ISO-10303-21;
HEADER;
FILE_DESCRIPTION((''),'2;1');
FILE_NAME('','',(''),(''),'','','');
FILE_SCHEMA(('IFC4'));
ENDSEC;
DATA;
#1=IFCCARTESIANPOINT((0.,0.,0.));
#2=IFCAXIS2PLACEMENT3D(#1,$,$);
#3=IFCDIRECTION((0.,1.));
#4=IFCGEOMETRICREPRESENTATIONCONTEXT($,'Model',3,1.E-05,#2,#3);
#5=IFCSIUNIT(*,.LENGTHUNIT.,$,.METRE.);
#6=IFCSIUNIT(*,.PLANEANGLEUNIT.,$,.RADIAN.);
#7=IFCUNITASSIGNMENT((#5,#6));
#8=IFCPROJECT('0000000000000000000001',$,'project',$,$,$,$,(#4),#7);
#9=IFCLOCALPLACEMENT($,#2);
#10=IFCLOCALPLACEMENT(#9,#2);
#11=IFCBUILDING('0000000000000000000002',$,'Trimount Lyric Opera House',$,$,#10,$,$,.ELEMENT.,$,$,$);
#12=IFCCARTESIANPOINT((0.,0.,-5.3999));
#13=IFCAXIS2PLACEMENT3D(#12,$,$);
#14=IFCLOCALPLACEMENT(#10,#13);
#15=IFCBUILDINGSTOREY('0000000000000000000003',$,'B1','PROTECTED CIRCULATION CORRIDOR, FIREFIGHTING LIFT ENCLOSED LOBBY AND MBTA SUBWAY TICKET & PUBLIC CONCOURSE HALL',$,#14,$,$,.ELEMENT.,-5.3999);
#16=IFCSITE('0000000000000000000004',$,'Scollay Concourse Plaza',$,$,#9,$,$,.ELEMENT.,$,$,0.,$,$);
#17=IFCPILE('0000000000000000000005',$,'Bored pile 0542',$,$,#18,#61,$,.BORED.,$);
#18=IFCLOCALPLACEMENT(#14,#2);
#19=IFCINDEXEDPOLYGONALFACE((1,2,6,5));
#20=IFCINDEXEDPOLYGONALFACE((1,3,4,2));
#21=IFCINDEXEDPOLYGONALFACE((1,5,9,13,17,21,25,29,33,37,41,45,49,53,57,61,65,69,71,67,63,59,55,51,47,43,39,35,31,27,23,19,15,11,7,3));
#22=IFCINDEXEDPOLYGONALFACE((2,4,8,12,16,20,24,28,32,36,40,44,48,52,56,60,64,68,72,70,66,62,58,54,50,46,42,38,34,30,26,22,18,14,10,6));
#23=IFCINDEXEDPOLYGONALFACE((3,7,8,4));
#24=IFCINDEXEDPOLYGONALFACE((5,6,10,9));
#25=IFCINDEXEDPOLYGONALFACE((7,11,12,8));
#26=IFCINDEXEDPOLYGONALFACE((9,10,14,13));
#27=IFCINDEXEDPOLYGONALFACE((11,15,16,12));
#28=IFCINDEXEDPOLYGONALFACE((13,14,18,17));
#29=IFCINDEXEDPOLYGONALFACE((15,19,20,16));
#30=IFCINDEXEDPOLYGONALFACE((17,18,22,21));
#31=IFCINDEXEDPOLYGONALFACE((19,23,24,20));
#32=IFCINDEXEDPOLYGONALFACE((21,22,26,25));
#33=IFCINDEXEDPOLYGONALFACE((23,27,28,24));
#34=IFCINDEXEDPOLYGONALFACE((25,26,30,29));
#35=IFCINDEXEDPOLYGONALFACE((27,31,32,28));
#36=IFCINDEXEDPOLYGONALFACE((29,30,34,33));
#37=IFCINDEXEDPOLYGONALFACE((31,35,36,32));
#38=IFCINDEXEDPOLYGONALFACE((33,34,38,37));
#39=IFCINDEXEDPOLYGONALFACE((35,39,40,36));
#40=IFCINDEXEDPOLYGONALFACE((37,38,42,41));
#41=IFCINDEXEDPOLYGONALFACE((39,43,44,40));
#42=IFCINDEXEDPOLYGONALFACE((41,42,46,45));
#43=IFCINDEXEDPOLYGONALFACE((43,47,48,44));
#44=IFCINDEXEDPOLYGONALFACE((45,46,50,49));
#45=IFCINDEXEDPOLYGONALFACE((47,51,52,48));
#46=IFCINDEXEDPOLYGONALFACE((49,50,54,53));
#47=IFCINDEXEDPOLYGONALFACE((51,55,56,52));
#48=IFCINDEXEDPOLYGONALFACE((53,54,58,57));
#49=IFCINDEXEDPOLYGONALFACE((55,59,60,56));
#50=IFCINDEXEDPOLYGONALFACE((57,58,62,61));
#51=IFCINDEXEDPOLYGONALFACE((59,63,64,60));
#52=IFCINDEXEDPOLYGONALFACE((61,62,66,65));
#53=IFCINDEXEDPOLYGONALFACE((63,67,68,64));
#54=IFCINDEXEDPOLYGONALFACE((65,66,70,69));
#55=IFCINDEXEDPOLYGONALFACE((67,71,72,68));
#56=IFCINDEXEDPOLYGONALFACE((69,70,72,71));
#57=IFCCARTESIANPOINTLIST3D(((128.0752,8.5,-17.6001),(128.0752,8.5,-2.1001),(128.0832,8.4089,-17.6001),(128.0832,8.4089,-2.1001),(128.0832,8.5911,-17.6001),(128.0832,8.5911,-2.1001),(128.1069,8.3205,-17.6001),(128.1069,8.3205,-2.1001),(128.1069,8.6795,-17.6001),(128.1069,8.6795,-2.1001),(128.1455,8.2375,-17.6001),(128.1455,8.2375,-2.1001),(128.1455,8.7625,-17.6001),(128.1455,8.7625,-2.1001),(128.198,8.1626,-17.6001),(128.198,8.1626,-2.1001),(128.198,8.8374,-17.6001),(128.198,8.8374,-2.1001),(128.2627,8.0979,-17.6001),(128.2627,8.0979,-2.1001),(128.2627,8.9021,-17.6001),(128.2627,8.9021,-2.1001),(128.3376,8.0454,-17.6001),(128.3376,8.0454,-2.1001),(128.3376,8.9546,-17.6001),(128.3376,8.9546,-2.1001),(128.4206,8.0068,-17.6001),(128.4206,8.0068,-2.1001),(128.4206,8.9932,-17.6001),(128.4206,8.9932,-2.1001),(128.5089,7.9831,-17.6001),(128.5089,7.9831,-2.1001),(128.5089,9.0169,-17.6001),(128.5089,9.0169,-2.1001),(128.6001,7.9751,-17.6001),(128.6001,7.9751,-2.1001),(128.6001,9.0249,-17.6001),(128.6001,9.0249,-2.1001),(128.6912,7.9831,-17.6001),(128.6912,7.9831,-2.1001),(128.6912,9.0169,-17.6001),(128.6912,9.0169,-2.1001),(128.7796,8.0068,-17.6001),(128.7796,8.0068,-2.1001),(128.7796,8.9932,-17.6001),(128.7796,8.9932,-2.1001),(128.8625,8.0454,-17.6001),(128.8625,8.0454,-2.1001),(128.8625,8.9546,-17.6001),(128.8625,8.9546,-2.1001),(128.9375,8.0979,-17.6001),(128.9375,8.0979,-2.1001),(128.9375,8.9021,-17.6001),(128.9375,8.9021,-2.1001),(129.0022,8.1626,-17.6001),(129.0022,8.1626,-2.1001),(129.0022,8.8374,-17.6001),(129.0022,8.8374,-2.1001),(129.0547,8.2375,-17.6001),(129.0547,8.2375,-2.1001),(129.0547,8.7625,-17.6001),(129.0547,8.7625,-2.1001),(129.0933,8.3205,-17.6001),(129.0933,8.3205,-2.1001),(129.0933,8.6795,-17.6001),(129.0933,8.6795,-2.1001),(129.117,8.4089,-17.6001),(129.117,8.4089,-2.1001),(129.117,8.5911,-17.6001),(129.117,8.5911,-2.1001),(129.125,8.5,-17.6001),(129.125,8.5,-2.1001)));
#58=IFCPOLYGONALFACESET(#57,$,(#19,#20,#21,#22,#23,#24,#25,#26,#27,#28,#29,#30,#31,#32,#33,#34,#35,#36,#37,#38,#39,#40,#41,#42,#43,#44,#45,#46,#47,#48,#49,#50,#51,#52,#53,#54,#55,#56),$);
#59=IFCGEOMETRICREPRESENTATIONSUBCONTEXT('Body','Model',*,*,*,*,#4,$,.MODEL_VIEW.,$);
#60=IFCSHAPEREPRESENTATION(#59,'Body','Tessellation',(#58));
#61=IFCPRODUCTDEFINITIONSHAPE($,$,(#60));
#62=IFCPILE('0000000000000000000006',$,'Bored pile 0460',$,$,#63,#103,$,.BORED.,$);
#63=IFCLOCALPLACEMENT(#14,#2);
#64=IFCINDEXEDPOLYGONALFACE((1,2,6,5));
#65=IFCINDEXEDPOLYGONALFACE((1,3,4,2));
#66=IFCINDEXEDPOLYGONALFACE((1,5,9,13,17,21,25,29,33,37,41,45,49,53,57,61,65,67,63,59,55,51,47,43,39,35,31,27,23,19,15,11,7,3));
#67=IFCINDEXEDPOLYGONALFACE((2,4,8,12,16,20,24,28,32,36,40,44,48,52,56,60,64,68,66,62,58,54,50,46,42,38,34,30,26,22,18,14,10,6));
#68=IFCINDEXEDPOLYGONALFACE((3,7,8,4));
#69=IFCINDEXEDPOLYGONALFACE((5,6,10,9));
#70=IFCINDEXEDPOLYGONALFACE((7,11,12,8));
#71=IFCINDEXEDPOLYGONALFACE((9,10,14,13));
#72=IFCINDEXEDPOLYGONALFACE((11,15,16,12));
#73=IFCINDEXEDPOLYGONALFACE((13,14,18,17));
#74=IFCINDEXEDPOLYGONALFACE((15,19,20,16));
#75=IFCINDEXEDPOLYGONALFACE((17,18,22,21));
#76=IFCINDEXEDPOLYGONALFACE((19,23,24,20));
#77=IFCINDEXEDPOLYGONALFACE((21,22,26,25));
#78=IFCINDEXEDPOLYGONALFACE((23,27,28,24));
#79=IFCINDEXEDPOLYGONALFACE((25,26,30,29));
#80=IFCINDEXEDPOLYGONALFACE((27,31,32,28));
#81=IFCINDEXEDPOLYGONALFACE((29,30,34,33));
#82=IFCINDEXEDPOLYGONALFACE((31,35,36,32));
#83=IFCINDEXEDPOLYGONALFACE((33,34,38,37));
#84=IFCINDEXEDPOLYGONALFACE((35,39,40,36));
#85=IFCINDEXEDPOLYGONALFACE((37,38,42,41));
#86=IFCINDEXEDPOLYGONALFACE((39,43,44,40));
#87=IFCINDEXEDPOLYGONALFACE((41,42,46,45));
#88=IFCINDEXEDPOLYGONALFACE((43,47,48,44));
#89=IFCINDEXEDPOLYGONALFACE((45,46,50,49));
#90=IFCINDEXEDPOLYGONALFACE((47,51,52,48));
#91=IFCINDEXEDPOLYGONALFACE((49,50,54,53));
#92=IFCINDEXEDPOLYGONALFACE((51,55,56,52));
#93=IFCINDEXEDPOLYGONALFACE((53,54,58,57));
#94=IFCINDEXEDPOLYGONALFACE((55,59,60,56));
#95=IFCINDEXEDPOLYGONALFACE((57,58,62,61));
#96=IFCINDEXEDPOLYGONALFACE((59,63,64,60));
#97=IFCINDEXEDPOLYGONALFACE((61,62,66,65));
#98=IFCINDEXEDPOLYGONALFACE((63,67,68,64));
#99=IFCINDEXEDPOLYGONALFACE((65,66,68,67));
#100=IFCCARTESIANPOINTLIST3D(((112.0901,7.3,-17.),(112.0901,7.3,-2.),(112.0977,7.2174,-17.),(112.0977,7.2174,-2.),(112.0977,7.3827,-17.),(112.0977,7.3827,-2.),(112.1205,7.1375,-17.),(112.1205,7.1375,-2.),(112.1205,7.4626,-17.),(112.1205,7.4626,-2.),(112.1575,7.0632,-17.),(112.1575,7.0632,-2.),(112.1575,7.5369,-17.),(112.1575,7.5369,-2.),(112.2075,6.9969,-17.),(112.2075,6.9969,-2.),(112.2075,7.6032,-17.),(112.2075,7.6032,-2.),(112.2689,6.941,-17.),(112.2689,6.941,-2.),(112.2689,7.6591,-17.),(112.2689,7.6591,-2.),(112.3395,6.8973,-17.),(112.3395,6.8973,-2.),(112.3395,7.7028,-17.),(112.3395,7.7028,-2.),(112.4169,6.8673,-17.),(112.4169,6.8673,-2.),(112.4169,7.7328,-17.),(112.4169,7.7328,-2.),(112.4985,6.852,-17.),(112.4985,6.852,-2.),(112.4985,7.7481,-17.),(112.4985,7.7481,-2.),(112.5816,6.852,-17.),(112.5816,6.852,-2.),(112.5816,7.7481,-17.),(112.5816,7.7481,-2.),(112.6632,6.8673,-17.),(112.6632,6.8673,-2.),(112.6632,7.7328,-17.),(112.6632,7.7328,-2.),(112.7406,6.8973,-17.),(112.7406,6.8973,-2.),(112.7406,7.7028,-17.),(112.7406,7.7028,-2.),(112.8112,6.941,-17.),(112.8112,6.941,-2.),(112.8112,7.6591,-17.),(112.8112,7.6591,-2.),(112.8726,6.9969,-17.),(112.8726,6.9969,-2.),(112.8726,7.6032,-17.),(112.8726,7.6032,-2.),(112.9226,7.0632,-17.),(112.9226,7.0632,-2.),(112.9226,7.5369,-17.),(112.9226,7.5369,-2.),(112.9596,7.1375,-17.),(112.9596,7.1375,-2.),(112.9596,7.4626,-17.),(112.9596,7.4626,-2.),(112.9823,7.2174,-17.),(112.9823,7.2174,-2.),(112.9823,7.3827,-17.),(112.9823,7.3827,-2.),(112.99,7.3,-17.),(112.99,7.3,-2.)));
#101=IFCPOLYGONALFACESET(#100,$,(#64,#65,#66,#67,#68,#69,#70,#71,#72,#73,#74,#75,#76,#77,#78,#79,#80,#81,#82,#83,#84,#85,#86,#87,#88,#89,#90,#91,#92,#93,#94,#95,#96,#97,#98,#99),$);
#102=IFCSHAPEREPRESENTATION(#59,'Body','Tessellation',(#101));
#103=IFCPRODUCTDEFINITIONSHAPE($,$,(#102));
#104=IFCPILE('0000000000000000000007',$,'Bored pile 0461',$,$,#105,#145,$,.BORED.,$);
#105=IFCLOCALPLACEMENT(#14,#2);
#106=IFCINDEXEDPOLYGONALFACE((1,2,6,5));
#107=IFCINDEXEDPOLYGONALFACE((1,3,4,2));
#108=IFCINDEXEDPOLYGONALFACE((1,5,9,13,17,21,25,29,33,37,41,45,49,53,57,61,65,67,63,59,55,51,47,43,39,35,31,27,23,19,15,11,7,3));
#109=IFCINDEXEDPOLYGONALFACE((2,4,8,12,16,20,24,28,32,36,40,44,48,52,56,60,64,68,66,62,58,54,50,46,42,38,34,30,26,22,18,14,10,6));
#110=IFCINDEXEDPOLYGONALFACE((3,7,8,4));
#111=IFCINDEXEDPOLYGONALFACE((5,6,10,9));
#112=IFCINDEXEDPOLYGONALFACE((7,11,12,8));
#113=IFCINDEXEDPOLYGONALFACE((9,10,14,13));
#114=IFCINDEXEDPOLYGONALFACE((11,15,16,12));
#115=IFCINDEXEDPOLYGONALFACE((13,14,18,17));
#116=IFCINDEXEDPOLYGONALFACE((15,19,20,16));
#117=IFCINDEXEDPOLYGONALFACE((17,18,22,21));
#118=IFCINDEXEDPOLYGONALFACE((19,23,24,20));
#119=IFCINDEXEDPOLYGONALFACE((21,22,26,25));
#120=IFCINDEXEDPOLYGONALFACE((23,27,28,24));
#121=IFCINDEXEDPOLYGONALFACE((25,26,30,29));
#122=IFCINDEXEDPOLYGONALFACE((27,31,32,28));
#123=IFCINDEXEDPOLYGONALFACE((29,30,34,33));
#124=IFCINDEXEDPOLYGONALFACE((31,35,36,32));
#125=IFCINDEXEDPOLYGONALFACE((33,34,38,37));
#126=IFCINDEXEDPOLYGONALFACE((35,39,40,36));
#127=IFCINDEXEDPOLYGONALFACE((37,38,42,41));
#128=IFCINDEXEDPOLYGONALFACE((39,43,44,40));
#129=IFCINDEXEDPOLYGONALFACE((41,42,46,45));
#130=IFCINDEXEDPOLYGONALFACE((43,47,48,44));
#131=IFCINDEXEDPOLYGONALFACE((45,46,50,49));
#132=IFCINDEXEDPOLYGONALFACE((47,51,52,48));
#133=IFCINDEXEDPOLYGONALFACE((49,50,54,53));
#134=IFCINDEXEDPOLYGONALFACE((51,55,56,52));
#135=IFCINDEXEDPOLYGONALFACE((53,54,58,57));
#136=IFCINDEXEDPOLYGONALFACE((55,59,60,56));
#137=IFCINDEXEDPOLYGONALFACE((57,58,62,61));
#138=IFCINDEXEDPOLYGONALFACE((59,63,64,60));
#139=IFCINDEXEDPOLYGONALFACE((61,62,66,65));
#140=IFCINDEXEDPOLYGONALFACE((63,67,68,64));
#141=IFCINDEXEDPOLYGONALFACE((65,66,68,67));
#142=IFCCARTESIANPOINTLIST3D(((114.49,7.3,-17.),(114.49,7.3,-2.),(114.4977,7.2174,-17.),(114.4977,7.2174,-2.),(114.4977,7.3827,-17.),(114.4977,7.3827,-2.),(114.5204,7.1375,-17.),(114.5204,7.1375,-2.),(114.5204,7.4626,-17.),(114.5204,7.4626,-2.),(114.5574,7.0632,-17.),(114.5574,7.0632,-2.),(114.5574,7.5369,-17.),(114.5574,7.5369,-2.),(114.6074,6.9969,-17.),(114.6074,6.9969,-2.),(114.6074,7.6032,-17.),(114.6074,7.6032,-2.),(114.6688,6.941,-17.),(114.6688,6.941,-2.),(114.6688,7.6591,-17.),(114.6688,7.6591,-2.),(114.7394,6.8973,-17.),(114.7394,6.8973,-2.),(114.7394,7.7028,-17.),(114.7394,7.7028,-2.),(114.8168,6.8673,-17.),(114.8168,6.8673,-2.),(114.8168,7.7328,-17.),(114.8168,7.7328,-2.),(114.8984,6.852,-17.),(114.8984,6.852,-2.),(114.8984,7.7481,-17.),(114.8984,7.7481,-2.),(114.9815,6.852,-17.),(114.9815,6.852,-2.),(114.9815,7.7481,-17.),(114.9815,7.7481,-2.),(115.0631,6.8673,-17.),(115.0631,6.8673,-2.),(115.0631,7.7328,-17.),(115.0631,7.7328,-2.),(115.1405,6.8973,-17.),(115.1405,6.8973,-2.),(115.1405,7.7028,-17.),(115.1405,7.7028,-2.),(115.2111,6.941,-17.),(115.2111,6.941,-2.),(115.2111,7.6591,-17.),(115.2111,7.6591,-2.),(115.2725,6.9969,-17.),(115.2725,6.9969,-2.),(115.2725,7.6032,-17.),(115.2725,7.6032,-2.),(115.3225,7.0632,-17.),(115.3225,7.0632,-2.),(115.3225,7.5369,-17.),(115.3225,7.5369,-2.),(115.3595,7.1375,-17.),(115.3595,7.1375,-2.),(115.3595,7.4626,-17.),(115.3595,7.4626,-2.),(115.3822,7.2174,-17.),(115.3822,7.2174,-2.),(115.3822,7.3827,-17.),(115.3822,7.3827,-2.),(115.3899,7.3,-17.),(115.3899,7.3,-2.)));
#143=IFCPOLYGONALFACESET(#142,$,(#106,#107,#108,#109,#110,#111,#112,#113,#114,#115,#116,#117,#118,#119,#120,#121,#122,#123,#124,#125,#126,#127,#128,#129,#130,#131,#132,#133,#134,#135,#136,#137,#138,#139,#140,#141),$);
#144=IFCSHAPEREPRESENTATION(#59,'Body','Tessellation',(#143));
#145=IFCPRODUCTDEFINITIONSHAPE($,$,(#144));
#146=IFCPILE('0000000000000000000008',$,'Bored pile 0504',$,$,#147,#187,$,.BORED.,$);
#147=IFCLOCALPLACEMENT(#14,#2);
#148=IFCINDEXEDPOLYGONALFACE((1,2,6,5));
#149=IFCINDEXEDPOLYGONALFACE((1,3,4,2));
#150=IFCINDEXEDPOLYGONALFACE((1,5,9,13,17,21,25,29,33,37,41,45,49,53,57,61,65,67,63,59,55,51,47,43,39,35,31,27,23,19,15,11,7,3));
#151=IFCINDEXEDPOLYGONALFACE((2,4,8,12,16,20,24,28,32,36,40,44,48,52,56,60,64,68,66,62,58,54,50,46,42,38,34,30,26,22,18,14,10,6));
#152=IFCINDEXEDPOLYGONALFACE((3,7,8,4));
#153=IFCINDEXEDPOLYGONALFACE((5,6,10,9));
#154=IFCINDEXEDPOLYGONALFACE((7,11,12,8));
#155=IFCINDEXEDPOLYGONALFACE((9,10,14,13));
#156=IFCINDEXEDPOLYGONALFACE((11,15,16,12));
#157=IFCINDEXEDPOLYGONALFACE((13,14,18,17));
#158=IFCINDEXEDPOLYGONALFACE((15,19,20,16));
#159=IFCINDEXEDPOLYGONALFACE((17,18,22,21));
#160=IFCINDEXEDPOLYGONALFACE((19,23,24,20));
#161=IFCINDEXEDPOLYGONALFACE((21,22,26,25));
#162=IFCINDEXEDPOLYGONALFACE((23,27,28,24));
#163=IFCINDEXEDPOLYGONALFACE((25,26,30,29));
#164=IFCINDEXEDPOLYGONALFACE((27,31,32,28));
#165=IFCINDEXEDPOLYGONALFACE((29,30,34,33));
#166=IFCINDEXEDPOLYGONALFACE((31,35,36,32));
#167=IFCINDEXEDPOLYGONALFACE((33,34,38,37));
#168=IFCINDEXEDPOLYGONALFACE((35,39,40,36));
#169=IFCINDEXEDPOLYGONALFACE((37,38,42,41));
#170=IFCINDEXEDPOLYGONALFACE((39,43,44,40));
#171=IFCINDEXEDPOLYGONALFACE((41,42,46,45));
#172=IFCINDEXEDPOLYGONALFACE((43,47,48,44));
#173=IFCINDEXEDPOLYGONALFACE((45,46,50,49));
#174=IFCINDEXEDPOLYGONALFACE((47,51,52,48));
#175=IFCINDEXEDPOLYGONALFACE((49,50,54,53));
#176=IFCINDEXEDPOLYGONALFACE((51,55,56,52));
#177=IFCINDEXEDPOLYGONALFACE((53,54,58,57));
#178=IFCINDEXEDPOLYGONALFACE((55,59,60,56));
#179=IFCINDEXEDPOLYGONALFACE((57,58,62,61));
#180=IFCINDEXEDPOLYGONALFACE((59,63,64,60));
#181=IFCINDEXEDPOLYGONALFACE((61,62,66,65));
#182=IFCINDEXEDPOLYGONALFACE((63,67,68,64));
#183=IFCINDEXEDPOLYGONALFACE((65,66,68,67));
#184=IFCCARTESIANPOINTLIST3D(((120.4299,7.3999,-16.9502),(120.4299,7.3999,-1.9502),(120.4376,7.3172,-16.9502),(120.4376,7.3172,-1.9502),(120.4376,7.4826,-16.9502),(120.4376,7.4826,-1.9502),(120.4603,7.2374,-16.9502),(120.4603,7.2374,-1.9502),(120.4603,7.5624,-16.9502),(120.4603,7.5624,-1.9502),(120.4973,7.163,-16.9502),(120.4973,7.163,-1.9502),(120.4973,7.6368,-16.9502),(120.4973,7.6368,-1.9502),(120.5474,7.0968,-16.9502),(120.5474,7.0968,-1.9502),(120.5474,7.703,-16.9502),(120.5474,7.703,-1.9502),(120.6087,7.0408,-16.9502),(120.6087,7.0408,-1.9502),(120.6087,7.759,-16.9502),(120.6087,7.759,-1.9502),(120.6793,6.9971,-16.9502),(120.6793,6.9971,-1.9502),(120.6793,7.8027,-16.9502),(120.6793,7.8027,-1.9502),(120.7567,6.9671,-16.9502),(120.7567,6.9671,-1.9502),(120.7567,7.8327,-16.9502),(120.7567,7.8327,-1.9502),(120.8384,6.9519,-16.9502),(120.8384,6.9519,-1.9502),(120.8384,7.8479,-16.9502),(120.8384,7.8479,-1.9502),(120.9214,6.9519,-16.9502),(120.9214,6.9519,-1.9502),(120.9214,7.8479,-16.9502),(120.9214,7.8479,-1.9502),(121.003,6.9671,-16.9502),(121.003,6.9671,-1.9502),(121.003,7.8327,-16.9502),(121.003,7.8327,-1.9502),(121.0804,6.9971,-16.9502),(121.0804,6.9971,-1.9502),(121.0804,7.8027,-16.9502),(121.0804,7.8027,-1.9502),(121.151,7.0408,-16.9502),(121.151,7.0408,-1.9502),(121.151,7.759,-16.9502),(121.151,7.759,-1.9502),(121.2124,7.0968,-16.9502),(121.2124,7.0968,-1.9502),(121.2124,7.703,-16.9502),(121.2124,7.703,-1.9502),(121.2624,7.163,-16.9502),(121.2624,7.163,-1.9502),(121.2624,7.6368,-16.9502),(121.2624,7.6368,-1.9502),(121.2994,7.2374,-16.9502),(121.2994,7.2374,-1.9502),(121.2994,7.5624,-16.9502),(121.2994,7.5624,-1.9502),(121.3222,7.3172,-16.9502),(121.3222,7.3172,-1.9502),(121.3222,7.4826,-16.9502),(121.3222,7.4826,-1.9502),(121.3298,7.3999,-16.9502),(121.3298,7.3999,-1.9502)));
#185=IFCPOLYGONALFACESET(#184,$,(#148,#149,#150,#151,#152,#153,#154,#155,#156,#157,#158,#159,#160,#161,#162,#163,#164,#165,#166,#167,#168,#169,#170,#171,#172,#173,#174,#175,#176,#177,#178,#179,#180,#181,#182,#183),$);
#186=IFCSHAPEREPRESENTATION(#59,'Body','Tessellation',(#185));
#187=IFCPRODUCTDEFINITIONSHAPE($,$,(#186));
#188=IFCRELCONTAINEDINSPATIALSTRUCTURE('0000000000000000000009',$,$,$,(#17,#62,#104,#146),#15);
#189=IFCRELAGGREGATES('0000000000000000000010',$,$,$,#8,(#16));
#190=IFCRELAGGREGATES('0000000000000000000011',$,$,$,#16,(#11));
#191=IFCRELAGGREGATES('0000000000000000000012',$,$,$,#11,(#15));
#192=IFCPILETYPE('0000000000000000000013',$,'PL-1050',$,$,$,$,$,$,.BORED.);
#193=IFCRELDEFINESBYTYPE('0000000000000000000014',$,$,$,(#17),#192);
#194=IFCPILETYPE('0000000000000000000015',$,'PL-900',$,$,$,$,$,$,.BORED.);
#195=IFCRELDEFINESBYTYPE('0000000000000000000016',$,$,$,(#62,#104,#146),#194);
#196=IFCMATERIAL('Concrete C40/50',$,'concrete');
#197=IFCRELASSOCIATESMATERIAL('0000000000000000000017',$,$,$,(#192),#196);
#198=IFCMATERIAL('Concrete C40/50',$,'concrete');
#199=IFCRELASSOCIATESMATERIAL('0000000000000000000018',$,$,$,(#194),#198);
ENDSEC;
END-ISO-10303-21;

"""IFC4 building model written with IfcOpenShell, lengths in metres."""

from ifc_helpers import new_model, si_unit, direction, frame, origin, origin_2d, place, context, subcontext, project, spatial, circle, extrude, material, material_profile, profile_set, type_object, element, save


model = new_model("IFC4")

# Units and contexts
model_context = context("Model", 3, precision=1e-05, world=origin(), true_north=direction((0.0, 1.0)))
body_context = subcontext(model_context, "Body", "Model", "MODEL_VIEW")
ifc_project = project(units=[si_unit("LENGTHUNIT", "METRE"), si_unit("PLANEANGLEUNIT", "RADIAN")], contexts=[model_context])

# Site, building, storey
site_placement = place(None, origin())
site = spatial("IfcSite", under=ifc_project, at=site_placement, Name="Scollay Concourse Plaza", CompositionType="ELEMENT", RefElevation=0.0)
building_placement = place(site_placement, origin())
building = spatial("IfcBuilding", under=site, at=building_placement, Name="Trimount Lyric Opera House", CompositionType="ELEMENT")
storey_placement = place(building_placement, frame((0.0, 0.0, -5.3999)))
storey = spatial("IfcBuildingStorey", under=building, at=storey_placement, Name="B1", Description="PROTECTED CIRCULATION CORRIDOR, FIREFIGHTING LIFT ENCLOSED LOBBY AND MBTA SUBWAY TICKET & PUBLIC CONCOURSE HALL", CompositionType="ELEMENT", Elevation=-5.3999)

# Piles
ifc_material_1 = material(Name="Concrete C40/50", Category="concrete")
ifc_material_profile_1 = material_profile(ifc_material_1, circle(Radius=0.5249, at=origin_2d()), Name="PILE-D1050")
ifc_profile_set_1 = profile_set([ifc_material_profile_1], Name="Concrete C40/50")
pile_type_1 = type_object("IfcPileType", Name="PL-1050", PredefinedType="BORED", material=ifc_profile_set_1)
for number, where, z_axis, x_axis, name in (
    (1, (128.6001, 8.5, -2.1001), (0.0, 0.0, -1.0), (1.0, 0.0, 0.0), "Bored pile 0542"),
):
    element("IfcPile", number, at=place(storey_placement, frame(where, z_axis=z_axis, x_axis=x_axis)), inside=storey, type_object=pile_type_1, Name=name, PredefinedType="BORED", context=body_context, shape_type="SweptSolid", body=[
        extrude(circle(Radius=0.5249, at=origin_2d()), origin(), (0.0, 0.0, 1.0), 15.5),
    ])
ifc_material_2 = material(Name="Concrete C40/50", Category="concrete")
ifc_material_profile_2 = material_profile(ifc_material_2, circle(Radius=0.45, at=origin_2d()), Name="PILE-D900")
ifc_profile_set_2 = profile_set([ifc_material_profile_2], Name="Concrete C40/50")
pile_type_2 = type_object("IfcPileType", Name="PL-900", PredefinedType="BORED", material=ifc_profile_set_2)
for number, where, z_axis, x_axis, name in (
    (2, (112.54, 7.3, -2.0), (0.0, 0.0, -1.0), (1.0, 0.0, 0.0), "Bored pile 0460"),
    (3, (114.9399, 7.3, -2.0), (0.0, 0.0, -1.0), (1.0, 0.0, 0.0), "Bored pile 0461"),
    (4, (120.8799, 7.3999, -1.9502), (0.0, 0.0, -1.0), (1.0, 0.0, 0.0), "Bored pile 0504"),
):
    element("IfcPile", number, at=place(storey_placement, frame(where, z_axis=z_axis, x_axis=x_axis)), inside=storey, type_object=pile_type_2, Name=name, PredefinedType="BORED", context=body_context, shape_type="SweptSolid", body=[
        extrude(circle(Radius=0.45, at=origin_2d()), origin(), (0.0, 0.0, 1.0), 15.0),
    ])

save(model, "model.ifc")
